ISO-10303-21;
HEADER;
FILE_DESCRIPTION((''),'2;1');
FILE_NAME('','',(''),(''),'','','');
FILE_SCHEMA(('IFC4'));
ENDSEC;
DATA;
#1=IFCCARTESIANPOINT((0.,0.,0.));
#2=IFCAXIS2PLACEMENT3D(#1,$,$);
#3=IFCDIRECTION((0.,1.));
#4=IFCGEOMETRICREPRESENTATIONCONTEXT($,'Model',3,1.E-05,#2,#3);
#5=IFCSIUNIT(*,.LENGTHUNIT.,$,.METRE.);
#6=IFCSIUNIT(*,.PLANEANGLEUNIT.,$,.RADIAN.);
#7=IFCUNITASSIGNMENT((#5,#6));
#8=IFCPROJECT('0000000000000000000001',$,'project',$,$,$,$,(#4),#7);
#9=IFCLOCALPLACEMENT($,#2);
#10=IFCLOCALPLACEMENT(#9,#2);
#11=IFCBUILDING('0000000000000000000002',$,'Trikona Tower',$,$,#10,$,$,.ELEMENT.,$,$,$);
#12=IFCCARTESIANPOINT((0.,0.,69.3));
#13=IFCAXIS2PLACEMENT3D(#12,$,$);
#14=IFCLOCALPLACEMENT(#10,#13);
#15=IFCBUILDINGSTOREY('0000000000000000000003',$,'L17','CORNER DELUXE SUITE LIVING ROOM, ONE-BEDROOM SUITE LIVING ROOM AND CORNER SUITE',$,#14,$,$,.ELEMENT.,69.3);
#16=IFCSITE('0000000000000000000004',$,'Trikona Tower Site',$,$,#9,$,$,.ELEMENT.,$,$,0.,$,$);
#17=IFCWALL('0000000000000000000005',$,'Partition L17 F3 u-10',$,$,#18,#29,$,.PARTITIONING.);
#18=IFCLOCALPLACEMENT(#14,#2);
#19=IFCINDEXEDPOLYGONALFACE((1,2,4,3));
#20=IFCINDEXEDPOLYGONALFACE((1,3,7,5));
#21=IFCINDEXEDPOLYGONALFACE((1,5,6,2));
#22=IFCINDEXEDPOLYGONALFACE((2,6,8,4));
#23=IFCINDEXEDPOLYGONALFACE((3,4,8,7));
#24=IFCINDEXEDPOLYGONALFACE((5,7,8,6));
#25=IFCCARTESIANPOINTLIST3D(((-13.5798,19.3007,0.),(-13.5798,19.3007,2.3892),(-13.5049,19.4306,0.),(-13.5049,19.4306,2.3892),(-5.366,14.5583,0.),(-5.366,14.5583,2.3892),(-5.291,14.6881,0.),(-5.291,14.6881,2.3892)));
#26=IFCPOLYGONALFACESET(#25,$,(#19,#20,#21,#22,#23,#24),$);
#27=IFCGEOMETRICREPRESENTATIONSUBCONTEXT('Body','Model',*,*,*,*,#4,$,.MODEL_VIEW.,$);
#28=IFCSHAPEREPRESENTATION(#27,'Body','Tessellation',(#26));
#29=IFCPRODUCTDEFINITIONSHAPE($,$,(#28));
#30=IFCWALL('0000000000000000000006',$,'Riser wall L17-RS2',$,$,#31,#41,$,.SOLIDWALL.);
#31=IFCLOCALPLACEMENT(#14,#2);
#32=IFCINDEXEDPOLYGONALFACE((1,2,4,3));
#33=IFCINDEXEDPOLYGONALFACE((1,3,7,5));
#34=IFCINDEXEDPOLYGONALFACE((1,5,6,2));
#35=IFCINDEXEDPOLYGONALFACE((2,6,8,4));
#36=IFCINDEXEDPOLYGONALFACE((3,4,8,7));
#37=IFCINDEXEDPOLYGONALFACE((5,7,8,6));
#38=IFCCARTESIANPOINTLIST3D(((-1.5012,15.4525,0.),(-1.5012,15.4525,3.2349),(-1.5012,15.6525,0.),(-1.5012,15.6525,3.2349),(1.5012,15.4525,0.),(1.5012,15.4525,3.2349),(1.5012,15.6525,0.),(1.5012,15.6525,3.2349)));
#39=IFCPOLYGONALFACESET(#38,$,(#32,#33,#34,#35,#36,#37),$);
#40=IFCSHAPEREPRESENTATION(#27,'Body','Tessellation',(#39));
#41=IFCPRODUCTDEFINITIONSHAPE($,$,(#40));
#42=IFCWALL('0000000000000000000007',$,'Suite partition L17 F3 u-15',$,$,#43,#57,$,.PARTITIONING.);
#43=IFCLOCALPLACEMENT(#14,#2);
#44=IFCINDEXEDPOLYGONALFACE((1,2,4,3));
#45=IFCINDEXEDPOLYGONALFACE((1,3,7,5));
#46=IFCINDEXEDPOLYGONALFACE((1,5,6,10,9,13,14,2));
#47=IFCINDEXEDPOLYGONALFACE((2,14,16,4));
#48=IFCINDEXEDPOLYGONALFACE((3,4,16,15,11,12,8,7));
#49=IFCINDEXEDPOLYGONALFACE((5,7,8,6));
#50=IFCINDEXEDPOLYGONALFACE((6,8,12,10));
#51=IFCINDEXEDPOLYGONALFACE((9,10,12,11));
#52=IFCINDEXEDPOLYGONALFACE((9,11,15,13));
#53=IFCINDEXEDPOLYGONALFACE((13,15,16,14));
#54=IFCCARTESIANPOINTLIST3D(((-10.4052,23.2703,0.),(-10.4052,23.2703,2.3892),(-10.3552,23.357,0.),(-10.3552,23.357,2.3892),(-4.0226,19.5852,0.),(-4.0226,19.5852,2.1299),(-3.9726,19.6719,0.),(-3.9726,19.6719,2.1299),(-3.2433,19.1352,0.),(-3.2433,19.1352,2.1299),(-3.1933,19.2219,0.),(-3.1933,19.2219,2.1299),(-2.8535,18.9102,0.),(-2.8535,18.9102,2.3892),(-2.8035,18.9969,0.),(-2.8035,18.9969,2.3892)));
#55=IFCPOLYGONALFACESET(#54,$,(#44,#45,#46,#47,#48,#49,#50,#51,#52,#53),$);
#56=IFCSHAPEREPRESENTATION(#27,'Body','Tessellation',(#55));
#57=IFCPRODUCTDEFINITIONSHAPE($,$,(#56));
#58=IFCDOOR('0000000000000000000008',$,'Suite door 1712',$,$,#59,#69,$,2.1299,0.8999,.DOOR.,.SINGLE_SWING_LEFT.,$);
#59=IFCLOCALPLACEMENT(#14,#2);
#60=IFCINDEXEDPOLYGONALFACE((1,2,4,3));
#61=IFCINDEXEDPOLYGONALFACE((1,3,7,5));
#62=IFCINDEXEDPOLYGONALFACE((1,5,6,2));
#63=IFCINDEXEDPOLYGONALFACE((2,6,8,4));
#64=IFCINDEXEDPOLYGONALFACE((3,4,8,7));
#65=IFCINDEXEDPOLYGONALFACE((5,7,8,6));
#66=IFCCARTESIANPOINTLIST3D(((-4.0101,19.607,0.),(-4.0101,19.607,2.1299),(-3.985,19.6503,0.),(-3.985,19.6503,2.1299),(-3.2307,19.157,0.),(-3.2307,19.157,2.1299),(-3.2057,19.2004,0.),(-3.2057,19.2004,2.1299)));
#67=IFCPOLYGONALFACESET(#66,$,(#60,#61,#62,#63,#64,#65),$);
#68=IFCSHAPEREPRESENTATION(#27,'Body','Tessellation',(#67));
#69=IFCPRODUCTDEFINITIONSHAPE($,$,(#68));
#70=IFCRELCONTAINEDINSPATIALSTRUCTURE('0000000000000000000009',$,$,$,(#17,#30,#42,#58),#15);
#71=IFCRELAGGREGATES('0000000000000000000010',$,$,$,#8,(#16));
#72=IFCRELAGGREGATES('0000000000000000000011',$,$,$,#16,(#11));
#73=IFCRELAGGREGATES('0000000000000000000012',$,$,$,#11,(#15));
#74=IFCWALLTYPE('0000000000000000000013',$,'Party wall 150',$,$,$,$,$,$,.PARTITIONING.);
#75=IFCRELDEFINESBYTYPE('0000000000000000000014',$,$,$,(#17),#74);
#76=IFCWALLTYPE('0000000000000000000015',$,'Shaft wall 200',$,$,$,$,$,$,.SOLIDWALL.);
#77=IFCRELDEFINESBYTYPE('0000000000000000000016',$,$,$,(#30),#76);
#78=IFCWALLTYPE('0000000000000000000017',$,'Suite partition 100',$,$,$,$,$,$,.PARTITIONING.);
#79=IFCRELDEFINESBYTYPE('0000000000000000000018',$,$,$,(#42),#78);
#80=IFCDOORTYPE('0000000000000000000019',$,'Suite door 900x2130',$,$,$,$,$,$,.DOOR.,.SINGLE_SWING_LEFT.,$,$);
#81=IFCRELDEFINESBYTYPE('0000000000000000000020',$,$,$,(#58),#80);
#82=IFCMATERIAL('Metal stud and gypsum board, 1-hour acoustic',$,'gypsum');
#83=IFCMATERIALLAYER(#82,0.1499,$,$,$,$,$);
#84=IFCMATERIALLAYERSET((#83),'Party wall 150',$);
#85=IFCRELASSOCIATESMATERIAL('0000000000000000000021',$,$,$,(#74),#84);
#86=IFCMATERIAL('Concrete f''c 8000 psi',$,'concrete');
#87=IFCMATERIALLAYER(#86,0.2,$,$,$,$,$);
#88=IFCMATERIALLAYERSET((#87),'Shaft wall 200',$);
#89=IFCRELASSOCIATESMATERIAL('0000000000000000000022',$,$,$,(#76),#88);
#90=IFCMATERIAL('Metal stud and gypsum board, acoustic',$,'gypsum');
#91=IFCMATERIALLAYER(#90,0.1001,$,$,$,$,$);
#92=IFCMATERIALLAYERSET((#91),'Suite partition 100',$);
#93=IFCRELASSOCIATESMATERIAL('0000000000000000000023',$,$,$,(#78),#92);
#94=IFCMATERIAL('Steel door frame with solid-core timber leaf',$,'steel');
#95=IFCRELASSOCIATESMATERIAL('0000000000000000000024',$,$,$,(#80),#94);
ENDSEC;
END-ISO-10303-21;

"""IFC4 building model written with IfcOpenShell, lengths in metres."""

from ifc_helpers import new_model, si_unit, direction, frame, frame_2d, origin, place, context, subcontext, project, spatial, rectangle, extrude, material, layer, layer_set, type_object, element, fill, save


model = new_model("IFC4")

# Units and contexts
model_context = context("Model", 3, precision=1e-05, world=origin(), true_north=direction((0.0, 1.0)))
body_context = subcontext(model_context, "Body", "Model", "MODEL_VIEW")
ifc_project = project(units=[si_unit("LENGTHUNIT", "METRE"), si_unit("PLANEANGLEUNIT", "RADIAN")], contexts=[model_context])

# Site, building, storey
site_placement = place(None, origin())
site = spatial("IfcSite", under=ifc_project, at=site_placement, Name="Trikona Tower Site", CompositionType="ELEMENT", RefElevation=0.0)
building_placement = place(site_placement, origin())
building = spatial("IfcBuilding", under=site, at=building_placement, Name="Trikona Tower", CompositionType="ELEMENT")
storey_placement = place(building_placement, frame((0.0, 0.0, 69.3)))
storey = spatial("IfcBuildingStorey", under=building, at=storey_placement, Name="L17", Description="CORNER DELUXE SUITE LIVING ROOM, ONE-BEDROOM SUITE LIVING ROOM AND CORNER SUITE", CompositionType="ELEMENT", Elevation=69.3)

# Walls
ifc_material_1 = material(Name="Metal stud and gypsum board, 1-hour acoustic", Category="gypsum")
ifc_layer_1 = layer(ifc_material_1, 0.1499)
ifc_layer_set_1 = layer_set([ifc_layer_1], Name="Party wall 150")
wall_type_1 = type_object("IfcWallType", Name="Party wall 150", PredefinedType="PARTITIONING", material=ifc_layer_set_1)
wall_1_placement = place(storey_placement, frame((-5.3286, 14.6233, 0.0), z_axis=(0.0, 0.0, 1.0), x_axis=(-0.866018, 0.500012, 0.0)))
element("IfcWall", 1, at=wall_1_placement, inside=storey, type_object=wall_type_1, Name="Partition L17 F3 u-10", PredefinedType="PARTITIONING", context=body_context, shape_type="SweptSolid", body=[
    extrude(rectangle(XDim=9.4846, YDim=0.1499, at=frame_2d((4.7422, 0.0))), origin(), (0.0, 0.0, 1.0), 2.3892),
])
ifc_material_2 = material(Name="Concrete f'c 8000 psi", Category="concrete")
ifc_layer_2 = layer(ifc_material_2, 0.2)
ifc_layer_set_2 = layer_set([ifc_layer_2], Name="Shaft wall 200")
wall_type_2 = type_object("IfcWallType", Name="Shaft wall 200", PredefinedType="SOLIDWALL", material=ifc_layer_set_2)
wall_2_placement = place(storey_placement, frame((-1.5012, 15.5525, 0.0), z_axis=(0.0, 0.0, 1.0), x_axis=(1.0, 0.0, 0.0)))
element("IfcWall", 2, at=wall_2_placement, inside=storey, type_object=wall_type_2, Name="Riser wall L17-RS2", PredefinedType="SOLIDWALL", context=body_context, shape_type="SweptSolid", body=[
    extrude(rectangle(XDim=3.0024, YDim=0.2, at=frame_2d((1.5012, 0.0))), origin(), (0.0, 0.0, 1.0), 3.2349),
])

# Wall, opening, door
ifc_material_3 = material(Name="Metal stud and gypsum board, acoustic", Category="gypsum")
ifc_layer_3 = layer(ifc_material_3, 0.1001)
ifc_layer_set_3 = layer_set([ifc_layer_3], Name="Suite partition 100")
wall_type_3 = type_object("IfcWallType", Name="Suite partition 100", PredefinedType="PARTITIONING", material=ifc_layer_set_3)
wall_3_placement = place(storey_placement, frame((-2.8286, 18.9536, 0.0), z_axis=(0.0, 0.0, 1.0), x_axis=(-0.866021, 0.500008, 0.0)))
wall_3 = element("IfcWall", 3, at=wall_3_placement, inside=storey, type_object=wall_type_3, Name="Suite partition L17 F3 u-15", PredefinedType="PARTITIONING", context=body_context, shape_type="SweptSolid", body=[
    extrude(rectangle(XDim=8.72, YDim=0.1001, at=frame_2d((4.3599, 0.0))), origin(), (0.0, 0.0, 1.0), 2.3892),
])
opening_1_placement = place(wall_3_placement, frame((0.45, 0.0, 0.0)))
opening_1 = element("IfcOpeningElement", 4, at=opening_1_placement, cuts=wall_3, PredefinedType="OPENING", context=body_context, shape_type="SweptSolid", body=[
    extrude(rectangle(XDim=0.8999, YDim=2.1299, at=frame_2d((0.45, 1.0649))), frame((0.0, 0.0601, 0.0), z_axis=(0.0, -1.0, 0.0), x_axis=(1.0, 0.0, 0.0)), (0.0, 0.0, 1.0), 0.1201),
])
ifc_material_4 = material(Name="Steel door frame with solid-core timber leaf", Category="steel")
door_type_1 = type_object("IfcDoorType", Name="Suite door 900x2130", OperationType="SINGLE_SWING_LEFT", PredefinedType="DOOR", material=ifc_material_4)
door_1_placement = place(opening_1_placement, origin())
door_1 = element("IfcDoor", 5, at=door_1_placement, inside=storey, type_object=door_type_1, Name="Suite door 1712", OperationType="SINGLE_SWING_LEFT", OverallHeight=2.1299, OverallWidth=0.8999, PredefinedType="DOOR", context=body_context, shape_type="SweptSolid", body=[
    extrude(rectangle(XDim=0.8999, YDim=2.1299, at=frame_2d((0.45, 1.0649))), frame((0.0, 0.0249, 0.0), z_axis=(0.0, -1.0, 0.0), x_axis=(1.0, 0.0, 0.0)), (0.0, 0.0, 1.0), 0.05),
])
fill(opening_1, door_1)

save(model, "model.ifc")
